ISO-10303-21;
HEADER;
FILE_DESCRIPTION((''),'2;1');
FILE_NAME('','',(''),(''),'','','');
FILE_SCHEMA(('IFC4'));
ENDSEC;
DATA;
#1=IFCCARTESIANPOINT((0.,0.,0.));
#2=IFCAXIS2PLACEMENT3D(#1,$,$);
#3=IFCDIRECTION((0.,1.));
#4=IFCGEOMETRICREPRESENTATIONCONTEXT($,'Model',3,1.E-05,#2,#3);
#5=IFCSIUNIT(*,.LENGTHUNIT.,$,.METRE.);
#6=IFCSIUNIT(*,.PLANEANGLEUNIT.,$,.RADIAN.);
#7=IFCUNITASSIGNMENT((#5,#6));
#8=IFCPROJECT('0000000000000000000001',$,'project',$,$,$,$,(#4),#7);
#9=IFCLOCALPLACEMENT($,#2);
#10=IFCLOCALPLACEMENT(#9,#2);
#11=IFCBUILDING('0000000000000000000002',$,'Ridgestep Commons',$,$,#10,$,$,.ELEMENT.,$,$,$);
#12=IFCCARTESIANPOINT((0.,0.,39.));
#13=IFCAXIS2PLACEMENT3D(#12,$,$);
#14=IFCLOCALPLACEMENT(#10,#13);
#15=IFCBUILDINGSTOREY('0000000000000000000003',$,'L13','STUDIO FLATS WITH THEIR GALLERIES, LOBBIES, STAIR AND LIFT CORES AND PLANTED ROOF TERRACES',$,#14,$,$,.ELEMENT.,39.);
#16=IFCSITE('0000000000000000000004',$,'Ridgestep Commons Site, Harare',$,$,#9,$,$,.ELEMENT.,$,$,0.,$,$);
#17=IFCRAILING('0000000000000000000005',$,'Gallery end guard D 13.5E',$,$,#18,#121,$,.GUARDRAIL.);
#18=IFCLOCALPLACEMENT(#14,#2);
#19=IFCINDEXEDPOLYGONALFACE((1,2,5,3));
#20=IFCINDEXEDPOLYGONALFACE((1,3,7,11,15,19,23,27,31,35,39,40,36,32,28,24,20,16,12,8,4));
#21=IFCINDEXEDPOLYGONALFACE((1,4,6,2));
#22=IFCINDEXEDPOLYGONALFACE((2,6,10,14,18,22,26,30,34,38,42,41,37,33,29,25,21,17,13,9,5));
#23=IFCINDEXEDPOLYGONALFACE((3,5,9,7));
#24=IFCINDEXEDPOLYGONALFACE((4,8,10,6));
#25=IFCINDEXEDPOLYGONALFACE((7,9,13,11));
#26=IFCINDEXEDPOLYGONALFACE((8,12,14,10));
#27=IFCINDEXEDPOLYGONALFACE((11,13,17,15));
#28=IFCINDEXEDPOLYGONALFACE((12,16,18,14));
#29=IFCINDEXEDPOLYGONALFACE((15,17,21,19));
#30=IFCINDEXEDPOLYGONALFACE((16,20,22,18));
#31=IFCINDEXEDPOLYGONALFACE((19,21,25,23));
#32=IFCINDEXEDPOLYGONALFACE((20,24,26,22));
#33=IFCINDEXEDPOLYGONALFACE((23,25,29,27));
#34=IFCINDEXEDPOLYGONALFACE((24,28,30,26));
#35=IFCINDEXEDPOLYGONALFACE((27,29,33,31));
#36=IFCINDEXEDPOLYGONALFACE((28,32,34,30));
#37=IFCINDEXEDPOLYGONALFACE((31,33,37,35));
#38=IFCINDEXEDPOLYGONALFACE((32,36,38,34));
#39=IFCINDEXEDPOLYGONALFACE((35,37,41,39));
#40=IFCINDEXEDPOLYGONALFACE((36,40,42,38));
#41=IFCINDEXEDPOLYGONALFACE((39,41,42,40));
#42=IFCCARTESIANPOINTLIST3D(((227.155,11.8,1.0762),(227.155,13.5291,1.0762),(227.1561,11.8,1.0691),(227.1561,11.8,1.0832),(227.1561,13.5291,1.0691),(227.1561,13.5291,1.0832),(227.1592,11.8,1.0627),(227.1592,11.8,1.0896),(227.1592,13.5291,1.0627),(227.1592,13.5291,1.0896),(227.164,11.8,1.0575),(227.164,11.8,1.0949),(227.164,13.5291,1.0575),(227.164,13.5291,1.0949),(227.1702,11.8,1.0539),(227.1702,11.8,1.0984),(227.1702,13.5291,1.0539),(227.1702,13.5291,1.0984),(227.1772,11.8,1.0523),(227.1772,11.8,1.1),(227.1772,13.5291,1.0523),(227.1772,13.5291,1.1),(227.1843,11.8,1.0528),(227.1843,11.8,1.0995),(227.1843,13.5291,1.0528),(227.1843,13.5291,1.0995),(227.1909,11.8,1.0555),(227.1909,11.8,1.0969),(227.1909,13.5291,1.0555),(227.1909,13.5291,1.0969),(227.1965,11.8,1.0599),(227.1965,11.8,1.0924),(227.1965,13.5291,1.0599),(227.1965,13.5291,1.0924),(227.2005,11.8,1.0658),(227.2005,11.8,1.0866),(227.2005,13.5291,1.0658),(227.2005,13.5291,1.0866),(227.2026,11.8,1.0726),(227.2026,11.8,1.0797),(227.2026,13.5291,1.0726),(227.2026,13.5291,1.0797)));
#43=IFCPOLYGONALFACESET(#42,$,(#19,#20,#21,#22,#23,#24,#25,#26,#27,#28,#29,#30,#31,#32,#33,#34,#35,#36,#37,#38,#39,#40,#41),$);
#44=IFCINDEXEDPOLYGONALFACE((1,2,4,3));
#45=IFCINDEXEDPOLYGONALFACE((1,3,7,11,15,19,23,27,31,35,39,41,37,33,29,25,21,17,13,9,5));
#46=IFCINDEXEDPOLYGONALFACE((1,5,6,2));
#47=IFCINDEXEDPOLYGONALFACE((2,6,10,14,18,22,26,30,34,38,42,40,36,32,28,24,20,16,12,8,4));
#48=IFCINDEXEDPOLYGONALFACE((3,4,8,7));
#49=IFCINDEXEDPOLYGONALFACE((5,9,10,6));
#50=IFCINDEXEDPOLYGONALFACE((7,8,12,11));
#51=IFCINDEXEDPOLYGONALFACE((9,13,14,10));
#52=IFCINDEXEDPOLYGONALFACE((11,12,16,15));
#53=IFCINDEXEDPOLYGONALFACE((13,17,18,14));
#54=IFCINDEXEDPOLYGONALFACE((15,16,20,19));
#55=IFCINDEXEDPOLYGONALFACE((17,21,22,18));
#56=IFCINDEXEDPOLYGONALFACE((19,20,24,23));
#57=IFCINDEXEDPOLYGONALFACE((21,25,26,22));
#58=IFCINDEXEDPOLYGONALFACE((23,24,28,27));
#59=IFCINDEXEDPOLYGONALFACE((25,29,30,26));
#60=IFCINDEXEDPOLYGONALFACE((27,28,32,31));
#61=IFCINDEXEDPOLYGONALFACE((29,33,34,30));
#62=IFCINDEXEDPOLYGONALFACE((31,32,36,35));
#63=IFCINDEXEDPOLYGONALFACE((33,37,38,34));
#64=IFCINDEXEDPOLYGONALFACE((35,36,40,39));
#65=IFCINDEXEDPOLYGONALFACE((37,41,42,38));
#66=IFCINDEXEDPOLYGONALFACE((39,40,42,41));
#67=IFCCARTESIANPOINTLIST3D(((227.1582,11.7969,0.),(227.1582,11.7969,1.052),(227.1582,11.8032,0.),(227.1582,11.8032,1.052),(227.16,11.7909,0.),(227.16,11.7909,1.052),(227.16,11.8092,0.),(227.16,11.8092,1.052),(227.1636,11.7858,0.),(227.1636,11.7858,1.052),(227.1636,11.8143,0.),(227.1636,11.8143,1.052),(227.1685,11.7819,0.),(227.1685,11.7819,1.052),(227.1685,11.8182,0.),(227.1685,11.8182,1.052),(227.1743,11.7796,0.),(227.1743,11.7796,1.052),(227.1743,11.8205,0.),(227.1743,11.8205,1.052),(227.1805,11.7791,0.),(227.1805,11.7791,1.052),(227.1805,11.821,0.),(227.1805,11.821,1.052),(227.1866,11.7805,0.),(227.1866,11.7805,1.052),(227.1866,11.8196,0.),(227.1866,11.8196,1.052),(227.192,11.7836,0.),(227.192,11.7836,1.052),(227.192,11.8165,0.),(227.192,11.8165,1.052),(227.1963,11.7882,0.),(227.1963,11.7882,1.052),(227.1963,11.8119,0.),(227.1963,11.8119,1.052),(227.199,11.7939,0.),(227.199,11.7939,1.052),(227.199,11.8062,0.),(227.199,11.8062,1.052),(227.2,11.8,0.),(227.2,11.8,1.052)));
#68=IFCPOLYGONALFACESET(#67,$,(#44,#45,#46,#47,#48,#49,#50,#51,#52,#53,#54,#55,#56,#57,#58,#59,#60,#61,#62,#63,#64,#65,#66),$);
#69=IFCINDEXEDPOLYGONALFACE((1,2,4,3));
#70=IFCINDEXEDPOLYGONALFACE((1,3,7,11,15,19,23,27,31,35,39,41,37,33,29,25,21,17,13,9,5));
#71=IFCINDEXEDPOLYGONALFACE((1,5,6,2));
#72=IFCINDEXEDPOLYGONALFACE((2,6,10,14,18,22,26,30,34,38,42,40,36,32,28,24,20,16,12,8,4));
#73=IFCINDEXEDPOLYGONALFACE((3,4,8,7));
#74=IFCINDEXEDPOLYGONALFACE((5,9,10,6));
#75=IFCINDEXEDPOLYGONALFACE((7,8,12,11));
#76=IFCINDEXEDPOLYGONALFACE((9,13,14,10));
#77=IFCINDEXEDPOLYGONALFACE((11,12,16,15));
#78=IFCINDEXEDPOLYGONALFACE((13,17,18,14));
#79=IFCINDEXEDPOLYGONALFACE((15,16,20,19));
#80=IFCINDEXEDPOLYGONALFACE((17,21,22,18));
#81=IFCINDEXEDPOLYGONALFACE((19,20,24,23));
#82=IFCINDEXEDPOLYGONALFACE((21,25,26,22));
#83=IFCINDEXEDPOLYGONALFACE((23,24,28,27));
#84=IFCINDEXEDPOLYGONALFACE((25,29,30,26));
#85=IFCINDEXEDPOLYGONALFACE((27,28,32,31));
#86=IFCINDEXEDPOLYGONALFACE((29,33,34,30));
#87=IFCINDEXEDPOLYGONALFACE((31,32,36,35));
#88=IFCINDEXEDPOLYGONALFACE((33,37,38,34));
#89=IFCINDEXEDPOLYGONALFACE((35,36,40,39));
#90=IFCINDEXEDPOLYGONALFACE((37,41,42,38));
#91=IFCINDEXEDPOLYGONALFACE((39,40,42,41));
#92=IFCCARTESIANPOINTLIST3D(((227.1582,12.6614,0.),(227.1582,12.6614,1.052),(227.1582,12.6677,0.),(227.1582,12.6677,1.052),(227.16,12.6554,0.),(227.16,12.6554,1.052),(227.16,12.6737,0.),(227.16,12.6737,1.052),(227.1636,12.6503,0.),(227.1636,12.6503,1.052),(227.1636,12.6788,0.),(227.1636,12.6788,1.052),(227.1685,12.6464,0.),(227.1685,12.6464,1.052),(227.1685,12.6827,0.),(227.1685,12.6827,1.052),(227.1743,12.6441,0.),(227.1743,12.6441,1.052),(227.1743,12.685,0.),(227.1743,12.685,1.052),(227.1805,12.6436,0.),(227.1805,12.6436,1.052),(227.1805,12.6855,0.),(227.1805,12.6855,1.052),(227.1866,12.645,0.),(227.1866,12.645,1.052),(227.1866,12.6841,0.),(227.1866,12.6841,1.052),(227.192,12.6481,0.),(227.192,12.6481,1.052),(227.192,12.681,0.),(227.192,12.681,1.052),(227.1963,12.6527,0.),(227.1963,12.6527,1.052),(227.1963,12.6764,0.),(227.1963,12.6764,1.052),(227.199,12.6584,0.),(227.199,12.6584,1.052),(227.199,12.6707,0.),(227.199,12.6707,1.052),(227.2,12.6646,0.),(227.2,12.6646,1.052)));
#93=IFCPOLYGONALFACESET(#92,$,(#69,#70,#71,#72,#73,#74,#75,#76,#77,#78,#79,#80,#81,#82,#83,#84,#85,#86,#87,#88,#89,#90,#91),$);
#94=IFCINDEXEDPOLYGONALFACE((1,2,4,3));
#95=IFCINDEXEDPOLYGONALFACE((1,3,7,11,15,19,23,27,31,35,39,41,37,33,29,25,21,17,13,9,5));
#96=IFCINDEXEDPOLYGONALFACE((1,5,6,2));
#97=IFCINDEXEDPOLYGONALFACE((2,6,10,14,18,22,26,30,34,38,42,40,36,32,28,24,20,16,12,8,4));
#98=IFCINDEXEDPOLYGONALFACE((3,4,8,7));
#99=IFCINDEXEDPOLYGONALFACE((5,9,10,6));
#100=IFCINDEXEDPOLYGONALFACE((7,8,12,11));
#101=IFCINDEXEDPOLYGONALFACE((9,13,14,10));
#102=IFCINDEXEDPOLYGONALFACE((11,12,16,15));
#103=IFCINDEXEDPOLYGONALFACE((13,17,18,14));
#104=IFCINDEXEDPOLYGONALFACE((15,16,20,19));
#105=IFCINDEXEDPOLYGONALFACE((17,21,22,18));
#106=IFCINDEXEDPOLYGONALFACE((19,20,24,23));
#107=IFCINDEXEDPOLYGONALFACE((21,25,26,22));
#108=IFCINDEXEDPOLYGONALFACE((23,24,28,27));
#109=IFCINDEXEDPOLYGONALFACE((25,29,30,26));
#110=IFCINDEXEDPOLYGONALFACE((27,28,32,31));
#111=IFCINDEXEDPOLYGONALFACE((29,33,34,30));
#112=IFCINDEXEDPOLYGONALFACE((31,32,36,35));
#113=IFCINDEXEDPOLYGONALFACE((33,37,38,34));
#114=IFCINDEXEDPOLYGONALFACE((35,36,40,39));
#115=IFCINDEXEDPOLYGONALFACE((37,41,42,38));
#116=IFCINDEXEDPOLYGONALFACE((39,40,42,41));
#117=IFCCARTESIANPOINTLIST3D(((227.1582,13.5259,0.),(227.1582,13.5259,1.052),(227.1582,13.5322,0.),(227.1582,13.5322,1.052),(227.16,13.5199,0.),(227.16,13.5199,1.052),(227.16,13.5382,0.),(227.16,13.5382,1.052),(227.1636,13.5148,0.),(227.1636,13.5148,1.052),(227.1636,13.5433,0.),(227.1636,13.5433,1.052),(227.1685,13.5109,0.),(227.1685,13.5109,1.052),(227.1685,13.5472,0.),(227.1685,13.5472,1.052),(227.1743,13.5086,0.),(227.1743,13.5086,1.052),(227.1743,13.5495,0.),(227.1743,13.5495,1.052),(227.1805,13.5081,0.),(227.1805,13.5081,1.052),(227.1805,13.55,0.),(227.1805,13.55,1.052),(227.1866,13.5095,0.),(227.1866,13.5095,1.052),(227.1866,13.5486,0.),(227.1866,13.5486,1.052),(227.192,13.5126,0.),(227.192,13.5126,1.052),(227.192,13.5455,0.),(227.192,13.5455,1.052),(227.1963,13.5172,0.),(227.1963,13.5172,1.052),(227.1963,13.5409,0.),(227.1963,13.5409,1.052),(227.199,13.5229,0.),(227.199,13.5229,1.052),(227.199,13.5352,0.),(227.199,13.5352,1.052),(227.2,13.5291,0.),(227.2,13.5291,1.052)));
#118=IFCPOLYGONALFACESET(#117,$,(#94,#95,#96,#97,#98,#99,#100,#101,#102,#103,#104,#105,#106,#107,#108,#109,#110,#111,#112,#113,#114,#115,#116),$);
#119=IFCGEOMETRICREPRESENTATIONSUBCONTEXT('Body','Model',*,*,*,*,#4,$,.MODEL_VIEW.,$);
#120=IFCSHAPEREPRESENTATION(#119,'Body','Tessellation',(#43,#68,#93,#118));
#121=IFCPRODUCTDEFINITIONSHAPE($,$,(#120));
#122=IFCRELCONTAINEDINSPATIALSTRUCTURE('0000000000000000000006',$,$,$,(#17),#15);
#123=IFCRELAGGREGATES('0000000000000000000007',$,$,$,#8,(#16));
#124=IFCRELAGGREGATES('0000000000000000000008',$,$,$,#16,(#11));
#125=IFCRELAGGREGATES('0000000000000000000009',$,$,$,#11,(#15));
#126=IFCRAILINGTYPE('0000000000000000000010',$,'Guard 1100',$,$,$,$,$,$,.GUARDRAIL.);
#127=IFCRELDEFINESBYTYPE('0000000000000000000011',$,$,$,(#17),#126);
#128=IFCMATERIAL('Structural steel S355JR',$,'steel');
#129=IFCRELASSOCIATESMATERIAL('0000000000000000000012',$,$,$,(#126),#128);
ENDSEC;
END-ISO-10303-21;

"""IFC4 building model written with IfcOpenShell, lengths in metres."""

from ifc_helpers import new_model, si_unit, direction, frame, origin, origin_2d, place, context, subcontext, project, spatial, circle, extrude, material, type_object, element, save


model = new_model("IFC4")

# Units and contexts
model_context = context("Model", 3, precision=1e-05, world=origin(), true_north=direction((0.0, 1.0)))
body_context = subcontext(model_context, "Body", "Model", "MODEL_VIEW")
ifc_project = project(units=[si_unit("LENGTHUNIT", "METRE"), si_unit("PLANEANGLEUNIT", "RADIAN")], contexts=[model_context])

# Site, building, storey
site_placement = place(None, origin())
site = spatial("IfcSite", under=ifc_project, at=site_placement, Name="Ridgestep Commons Site, Harare", CompositionType="ELEMENT", RefElevation=0.0)
building_placement = place(site_placement, origin())
building = spatial("IfcBuilding", under=site, at=building_placement, Name="Ridgestep Commons", CompositionType="ELEMENT")
storey_placement = place(building_placement, frame((0.0, 0.0, 39.0)))
storey = spatial("IfcBuildingStorey", under=building, at=storey_placement, Name="L13", Description="STUDIO FLATS WITH THEIR GALLERIES, LOBBIES, STAIR AND LIFT CORES AND PLANTED ROOF TERRACES", CompositionType="ELEMENT", Elevation=39.0)

# Railing
ifc_material_1 = material(Name="Structural steel S355JR", Category="steel")
railing_type_1 = type_object("IfcRailingType", Name="Guard 1100", PredefinedType="GUARDRAIL", material=ifc_material_1)
railing_1_placement = place(storey_placement, frame((227.179, 11.8, 0.0)))
element("IfcRailing", 1, at=railing_1_placement, inside=storey, type_object=railing_type_1, Name="Gallery end guard D 13.5E", PredefinedType="GUARDRAIL", context=body_context, shape_type="SweptSolid", body=[
    extrude(circle(Radius=0.0239, at=origin_2d()), frame((0.0, 0.0, 1.0762), z_axis=(0.0, 1.0, 0.0), x_axis=(-1.0, 0.0, 0.0)), (0.0, 0.0, 1.0), 1.729),
    extrude(circle(Radius=0.021, at=origin_2d()), origin(), (0.0, 0.0, 1.0), 1.052),
    extrude(circle(Radius=0.021, at=origin_2d()), frame((0.0, 0.8645, 0.0)), (0.0, 0.0, 1.0), 1.052),
    extrude(circle(Radius=0.021, at=origin_2d()), frame((0.0, 1.729, 0.0)), (0.0, 0.0, 1.0), 1.052),
])

save(model, "model.ifc")
